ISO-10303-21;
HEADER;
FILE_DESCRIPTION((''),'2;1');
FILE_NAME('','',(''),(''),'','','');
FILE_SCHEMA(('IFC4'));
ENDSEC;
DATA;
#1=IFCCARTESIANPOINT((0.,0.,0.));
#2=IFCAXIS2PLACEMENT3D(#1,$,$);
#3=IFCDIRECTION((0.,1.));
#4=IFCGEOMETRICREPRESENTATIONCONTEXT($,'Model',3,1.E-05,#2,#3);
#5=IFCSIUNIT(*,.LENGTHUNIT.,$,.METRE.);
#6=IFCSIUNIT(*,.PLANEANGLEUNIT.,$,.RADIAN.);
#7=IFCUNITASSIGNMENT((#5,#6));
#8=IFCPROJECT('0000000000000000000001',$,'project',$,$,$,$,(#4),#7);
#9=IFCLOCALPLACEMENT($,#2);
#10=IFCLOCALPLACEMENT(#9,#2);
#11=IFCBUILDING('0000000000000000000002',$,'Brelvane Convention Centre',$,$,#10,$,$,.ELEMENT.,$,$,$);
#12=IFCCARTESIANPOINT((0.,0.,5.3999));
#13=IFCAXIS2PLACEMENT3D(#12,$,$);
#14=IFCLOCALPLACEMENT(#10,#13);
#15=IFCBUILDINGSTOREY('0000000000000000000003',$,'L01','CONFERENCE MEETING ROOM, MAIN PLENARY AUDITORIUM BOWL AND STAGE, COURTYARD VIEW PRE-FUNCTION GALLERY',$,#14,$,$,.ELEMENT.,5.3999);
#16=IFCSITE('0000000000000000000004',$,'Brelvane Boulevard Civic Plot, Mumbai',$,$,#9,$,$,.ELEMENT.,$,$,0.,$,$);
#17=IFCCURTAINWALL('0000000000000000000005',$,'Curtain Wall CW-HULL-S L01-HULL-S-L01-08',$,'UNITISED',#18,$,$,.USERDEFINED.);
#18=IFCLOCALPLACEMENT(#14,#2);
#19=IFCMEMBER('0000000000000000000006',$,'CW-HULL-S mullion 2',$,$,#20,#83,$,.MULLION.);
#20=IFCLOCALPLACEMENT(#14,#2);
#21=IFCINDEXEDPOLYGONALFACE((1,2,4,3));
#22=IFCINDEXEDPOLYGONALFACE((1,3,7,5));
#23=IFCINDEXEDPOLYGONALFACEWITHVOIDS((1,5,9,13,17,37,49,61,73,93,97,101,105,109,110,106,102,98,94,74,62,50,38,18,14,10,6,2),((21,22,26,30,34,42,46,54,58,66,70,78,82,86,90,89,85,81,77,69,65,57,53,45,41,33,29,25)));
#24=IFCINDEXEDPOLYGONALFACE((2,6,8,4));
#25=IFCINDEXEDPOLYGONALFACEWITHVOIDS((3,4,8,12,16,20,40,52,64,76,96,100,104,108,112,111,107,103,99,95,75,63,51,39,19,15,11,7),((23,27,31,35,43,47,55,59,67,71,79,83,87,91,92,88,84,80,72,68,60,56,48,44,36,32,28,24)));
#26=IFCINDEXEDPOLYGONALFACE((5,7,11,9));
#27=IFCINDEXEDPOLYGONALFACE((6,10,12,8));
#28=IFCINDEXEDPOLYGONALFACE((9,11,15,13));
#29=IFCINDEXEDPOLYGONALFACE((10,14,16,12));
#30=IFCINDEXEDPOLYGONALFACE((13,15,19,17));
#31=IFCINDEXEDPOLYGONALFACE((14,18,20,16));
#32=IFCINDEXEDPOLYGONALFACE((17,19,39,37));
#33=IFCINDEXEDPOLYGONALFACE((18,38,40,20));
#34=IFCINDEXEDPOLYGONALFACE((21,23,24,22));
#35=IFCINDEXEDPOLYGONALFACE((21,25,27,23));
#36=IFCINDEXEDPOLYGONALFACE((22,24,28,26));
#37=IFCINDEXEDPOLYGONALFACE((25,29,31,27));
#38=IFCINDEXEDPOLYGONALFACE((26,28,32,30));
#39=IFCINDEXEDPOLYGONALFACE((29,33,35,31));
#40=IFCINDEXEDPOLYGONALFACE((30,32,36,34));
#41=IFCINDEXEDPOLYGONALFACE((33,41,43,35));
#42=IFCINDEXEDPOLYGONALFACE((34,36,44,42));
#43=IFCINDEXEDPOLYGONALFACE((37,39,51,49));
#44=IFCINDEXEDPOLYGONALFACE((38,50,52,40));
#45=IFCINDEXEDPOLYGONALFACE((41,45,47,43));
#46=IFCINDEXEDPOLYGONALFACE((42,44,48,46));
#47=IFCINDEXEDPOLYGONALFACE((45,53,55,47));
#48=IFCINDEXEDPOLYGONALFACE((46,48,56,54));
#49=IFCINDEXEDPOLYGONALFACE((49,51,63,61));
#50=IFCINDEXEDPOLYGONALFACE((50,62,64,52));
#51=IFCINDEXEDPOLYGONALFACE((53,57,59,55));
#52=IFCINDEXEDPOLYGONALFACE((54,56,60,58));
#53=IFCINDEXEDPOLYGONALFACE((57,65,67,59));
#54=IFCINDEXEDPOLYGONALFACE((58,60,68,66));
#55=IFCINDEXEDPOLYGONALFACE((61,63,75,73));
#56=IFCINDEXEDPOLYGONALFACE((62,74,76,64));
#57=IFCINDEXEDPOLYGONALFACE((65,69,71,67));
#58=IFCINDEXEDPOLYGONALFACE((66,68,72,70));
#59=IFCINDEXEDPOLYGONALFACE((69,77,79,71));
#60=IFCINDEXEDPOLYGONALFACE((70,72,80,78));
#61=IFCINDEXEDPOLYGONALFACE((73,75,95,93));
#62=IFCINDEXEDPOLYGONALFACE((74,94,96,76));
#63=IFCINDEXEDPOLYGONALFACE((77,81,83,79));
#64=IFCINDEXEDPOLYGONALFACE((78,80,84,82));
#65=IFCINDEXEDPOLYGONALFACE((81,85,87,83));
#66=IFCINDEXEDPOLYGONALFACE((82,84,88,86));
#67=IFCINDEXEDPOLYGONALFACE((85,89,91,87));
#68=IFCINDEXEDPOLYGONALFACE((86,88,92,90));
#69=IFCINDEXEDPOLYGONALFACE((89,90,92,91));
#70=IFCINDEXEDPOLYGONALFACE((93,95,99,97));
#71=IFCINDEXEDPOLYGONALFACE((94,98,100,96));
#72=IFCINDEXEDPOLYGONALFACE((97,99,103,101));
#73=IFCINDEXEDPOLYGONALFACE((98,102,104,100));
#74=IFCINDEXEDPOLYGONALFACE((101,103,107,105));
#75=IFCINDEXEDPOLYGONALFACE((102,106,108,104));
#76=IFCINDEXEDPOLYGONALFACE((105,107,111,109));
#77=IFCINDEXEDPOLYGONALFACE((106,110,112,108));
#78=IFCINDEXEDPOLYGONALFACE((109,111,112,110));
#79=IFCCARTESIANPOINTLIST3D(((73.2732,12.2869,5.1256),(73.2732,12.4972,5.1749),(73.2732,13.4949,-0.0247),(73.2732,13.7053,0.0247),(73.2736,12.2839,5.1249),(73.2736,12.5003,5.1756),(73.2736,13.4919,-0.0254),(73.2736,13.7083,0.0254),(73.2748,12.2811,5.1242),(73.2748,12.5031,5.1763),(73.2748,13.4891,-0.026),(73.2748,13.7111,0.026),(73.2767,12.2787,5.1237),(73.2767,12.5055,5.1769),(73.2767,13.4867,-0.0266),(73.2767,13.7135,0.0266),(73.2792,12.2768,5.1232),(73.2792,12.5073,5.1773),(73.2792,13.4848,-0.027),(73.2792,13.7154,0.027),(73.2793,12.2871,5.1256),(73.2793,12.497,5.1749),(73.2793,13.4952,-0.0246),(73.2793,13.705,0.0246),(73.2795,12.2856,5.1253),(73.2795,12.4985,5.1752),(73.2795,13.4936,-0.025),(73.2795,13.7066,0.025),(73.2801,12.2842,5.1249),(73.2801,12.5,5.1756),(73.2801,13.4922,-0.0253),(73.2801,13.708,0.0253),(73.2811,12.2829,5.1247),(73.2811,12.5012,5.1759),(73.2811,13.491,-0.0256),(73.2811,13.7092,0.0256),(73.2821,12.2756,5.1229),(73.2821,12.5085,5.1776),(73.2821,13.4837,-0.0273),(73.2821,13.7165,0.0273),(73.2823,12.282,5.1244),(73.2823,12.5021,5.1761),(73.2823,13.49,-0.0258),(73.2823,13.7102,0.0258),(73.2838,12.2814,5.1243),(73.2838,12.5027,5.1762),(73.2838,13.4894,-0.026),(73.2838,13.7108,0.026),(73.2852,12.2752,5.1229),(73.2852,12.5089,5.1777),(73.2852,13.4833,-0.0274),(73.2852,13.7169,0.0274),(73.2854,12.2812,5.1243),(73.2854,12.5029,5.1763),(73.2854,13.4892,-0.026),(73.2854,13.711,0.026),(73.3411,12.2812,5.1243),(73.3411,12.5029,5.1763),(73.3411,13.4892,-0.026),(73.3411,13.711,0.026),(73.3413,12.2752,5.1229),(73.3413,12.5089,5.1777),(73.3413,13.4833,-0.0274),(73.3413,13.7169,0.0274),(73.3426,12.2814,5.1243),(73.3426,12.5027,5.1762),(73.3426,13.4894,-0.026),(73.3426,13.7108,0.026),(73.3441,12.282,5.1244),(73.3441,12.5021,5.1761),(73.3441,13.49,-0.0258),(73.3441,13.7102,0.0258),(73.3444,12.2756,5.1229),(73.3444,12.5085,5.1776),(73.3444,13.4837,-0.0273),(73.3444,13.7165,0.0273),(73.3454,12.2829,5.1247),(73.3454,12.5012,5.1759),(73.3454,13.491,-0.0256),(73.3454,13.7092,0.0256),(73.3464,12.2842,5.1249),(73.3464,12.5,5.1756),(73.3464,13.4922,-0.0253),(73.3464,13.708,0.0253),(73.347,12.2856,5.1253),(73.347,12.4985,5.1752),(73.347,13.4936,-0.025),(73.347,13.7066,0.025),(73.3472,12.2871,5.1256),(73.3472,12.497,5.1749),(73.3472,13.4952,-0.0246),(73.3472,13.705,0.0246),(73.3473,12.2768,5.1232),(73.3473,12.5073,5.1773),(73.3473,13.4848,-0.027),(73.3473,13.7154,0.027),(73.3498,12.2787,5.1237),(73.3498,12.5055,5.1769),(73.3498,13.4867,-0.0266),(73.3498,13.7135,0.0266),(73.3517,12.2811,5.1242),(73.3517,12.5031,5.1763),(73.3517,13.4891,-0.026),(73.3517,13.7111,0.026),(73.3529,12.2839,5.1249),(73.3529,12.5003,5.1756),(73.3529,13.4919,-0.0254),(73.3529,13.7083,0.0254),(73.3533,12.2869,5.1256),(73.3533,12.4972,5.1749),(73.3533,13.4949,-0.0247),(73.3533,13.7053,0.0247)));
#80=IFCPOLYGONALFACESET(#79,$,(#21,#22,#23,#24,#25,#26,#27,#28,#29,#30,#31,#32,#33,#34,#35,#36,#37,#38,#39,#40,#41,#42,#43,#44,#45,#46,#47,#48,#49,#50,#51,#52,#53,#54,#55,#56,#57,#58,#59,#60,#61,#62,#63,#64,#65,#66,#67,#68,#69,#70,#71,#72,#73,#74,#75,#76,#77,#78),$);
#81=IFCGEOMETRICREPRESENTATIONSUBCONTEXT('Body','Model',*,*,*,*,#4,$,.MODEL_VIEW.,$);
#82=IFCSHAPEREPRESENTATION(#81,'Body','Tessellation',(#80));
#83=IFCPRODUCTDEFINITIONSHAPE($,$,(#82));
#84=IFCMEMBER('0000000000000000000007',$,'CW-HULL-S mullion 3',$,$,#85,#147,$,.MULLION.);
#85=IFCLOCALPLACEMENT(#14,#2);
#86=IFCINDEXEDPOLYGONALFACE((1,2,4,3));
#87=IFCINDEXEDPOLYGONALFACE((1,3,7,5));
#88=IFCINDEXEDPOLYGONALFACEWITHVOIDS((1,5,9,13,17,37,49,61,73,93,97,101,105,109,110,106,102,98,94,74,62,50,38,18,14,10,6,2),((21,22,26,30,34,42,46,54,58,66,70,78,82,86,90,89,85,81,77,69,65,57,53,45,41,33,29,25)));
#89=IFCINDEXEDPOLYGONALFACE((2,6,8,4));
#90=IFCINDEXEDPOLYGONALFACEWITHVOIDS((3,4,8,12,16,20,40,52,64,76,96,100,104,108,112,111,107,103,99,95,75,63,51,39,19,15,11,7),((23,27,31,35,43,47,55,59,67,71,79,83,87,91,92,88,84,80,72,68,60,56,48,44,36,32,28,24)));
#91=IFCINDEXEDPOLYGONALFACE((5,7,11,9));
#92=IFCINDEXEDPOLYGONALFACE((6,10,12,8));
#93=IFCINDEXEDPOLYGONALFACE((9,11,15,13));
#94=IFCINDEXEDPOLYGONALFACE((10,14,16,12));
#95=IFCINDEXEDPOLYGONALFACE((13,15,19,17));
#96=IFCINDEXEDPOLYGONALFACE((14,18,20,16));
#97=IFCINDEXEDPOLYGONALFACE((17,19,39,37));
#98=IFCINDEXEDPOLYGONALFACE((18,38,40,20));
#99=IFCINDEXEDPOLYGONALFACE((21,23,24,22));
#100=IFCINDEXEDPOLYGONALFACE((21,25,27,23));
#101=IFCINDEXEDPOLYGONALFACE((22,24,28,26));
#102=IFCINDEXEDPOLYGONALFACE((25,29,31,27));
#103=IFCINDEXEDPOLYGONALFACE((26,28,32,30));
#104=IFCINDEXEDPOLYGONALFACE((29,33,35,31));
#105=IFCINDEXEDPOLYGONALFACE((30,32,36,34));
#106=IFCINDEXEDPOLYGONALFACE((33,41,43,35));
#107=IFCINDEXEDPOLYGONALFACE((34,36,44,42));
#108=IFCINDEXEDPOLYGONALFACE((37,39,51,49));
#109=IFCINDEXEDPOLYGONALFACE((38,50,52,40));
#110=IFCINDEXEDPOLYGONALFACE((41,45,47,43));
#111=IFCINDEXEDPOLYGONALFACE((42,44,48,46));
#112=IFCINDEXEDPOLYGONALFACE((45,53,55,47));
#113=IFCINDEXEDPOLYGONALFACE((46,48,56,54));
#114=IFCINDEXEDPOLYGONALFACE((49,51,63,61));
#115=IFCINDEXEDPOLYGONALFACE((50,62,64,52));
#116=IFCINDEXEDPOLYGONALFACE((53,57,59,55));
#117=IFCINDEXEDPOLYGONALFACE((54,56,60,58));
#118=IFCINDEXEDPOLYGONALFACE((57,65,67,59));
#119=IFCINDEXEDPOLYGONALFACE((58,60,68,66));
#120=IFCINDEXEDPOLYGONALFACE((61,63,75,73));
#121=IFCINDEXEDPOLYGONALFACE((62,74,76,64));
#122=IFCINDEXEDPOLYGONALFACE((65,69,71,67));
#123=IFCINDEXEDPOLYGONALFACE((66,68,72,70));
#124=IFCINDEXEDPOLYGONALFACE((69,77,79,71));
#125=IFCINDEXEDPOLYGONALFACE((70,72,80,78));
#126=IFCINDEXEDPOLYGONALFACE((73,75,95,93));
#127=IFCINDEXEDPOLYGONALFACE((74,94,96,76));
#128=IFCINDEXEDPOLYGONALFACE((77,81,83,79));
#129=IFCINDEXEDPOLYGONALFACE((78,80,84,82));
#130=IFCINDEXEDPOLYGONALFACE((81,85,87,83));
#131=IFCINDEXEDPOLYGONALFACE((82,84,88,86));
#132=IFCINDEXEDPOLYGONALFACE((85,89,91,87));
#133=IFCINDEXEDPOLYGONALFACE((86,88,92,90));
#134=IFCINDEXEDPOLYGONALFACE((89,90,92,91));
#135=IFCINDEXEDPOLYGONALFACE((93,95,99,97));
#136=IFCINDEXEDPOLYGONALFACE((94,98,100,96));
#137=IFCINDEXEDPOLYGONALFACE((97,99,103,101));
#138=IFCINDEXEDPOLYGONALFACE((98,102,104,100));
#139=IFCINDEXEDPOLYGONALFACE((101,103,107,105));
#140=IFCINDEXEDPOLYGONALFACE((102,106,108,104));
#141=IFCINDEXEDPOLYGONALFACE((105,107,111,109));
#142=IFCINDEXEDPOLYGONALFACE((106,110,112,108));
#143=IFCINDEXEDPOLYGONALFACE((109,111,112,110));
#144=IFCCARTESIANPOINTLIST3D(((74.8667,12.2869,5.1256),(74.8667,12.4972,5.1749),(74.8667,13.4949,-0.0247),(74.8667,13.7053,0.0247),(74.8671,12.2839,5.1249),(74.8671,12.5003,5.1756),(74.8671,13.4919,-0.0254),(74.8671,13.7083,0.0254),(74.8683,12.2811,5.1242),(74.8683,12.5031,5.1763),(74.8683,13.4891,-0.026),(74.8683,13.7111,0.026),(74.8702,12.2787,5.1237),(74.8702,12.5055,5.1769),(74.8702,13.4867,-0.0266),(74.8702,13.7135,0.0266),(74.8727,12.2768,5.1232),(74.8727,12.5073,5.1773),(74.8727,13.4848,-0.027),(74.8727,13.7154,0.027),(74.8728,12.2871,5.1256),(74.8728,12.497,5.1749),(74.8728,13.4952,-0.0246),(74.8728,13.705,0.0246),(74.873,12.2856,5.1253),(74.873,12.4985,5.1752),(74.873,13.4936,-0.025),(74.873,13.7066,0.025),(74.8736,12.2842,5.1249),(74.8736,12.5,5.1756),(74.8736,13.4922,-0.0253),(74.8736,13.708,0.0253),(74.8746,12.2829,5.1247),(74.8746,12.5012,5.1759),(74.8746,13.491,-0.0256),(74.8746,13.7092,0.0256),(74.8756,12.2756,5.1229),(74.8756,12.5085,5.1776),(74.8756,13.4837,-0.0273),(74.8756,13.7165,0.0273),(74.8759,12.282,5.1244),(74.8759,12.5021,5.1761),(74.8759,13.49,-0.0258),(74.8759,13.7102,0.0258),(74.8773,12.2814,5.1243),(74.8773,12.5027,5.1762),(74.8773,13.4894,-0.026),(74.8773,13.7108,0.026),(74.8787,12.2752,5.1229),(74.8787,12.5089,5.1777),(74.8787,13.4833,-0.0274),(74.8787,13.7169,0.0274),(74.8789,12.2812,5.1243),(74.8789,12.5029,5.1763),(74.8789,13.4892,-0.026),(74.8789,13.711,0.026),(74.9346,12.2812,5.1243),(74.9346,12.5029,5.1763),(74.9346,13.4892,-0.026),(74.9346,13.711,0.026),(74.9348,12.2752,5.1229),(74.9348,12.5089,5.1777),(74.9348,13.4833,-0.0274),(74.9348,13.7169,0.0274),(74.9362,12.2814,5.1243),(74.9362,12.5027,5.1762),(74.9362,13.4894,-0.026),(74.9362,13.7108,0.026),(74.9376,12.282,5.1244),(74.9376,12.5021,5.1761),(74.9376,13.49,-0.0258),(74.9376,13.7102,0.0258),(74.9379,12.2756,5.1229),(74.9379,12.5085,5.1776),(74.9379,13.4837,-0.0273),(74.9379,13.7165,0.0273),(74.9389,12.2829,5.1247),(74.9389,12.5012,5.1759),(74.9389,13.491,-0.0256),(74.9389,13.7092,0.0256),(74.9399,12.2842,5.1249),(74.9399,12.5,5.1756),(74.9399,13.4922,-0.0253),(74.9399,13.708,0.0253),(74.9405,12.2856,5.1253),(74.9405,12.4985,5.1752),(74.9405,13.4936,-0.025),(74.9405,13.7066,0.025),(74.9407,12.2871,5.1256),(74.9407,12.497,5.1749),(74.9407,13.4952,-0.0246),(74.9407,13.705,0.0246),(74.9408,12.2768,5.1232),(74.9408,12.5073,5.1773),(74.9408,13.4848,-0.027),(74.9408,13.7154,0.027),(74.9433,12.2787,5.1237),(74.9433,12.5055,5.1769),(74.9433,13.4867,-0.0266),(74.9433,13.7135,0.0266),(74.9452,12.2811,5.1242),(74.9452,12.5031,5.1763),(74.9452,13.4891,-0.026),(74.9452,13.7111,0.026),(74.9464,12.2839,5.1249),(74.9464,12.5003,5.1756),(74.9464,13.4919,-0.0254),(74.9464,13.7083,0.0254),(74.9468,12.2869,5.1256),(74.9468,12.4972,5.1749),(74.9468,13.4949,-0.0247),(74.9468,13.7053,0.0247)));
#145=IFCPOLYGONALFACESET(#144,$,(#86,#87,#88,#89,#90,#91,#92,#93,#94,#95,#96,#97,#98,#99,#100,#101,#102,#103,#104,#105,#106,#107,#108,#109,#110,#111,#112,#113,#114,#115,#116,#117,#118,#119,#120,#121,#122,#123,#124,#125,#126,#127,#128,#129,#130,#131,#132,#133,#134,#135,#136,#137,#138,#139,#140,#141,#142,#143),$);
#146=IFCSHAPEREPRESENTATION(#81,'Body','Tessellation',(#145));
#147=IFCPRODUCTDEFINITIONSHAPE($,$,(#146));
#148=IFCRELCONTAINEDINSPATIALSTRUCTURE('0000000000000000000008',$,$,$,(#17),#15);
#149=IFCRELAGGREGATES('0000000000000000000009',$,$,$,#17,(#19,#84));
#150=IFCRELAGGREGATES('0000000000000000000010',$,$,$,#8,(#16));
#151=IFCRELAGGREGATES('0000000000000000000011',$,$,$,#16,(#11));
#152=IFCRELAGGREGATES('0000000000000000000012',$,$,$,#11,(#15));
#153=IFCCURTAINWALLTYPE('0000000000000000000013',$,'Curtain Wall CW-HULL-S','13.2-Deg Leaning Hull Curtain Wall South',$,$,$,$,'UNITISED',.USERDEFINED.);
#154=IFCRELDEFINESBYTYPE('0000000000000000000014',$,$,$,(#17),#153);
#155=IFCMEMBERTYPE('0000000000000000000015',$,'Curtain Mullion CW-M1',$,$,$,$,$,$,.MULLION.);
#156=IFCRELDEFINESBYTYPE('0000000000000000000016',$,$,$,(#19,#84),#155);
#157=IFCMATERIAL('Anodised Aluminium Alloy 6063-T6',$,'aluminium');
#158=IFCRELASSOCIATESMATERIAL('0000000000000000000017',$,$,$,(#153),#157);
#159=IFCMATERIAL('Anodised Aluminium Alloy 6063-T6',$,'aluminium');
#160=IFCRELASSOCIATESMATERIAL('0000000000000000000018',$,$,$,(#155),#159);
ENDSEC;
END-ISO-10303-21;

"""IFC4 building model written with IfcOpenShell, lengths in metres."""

from ifc_helpers import new_model, si_unit, direction, frame, origin, origin_2d, place, context, subcontext, project, spatial, hollow_rectangle, extrude, material, material_profile, profile_set, type_object, element, aggregate, save


model = new_model("IFC4")

# Units and contexts
model_context = context("Model", 3, precision=1e-05, world=origin(), true_north=direction((0.0, 1.0)))
body_context = subcontext(model_context, "Body", "Model", "MODEL_VIEW")
ifc_project = project(units=[si_unit("LENGTHUNIT", "METRE"), si_unit("PLANEANGLEUNIT", "RADIAN")], contexts=[model_context])

# Site, building, storey
site_placement = place(None, origin())
site = spatial("IfcSite", under=ifc_project, at=site_placement, Name="Brelvane Boulevard Civic Plot, Mumbai", CompositionType="ELEMENT", RefElevation=0.0)
building_placement = place(site_placement, origin())
building = spatial("IfcBuilding", under=site, at=building_placement, Name="Brelvane Convention Centre", CompositionType="ELEMENT")
storey_placement = place(building_placement, frame((0.0, 0.0, 5.3999)))
storey = spatial("IfcBuildingStorey", under=building, at=storey_placement, Name="L01", Description="CONFERENCE MEETING ROOM, MAIN PLENARY AUDITORIUM BOWL AND STAGE, COURTYARD VIEW PRE-FUNCTION GALLERY", CompositionType="ELEMENT", Elevation=5.3999)

# Curtain wall, members
ifc_material_1 = material(Name="Anodised Aluminium Alloy 6063-T6", Category="aluminium")
curtain_wall_type = type_object("IfcCurtainWallType", Name="Curtain Wall CW-HULL-S", Description="13.2-Deg Leaning Hull Curtain Wall South", ElementType="UNITISED", PredefinedType="USERDEFINED", material=ifc_material_1)
ifc_material_2 = material(Name="Anodised Aluminium Alloy 6063-T6", Category="aluminium")
ifc_material_profile_1 = material_profile(ifc_material_2, hollow_rectangle(XDim=0.0801, YDim=0.24, WallThickness=0.0061, InnerFilletRadius=0.0061, OuterFilletRadius=0.012, at=origin_2d()), Name="ALU-M 240x80x6.0")
ifc_profile_set_1 = profile_set([ifc_material_profile_1], Name="Anodised Aluminium Alloy 6063-T6")
member_type_1 = type_object("IfcMemberType", Name="Curtain Mullion CW-M1", PredefinedType="MULLION", material=ifc_profile_set_1)
curtain_wall_1_placement = place(storey_placement, origin())
curtain_wall_1 = element("IfcCurtainWall", 1, at=curtain_wall_1_placement, inside=storey, type_object=curtain_wall_type, Name="Curtain Wall CW-HULL-S L01-HULL-S-L01-08", ObjectType="UNITISED", PredefinedType="USERDEFINED")
member_1_placement = place(storey_placement, frame((73.3132, 13.6001, 0.0), z_axis=(0.0, -0.22836, 0.973577), x_axis=(1.0, 0.0, 0.0)))
member_1 = element("IfcMember", 2, at=member_1_placement, type_object=member_type_1, Name="CW-HULL-S mullion 2", PredefinedType="MULLION", context=body_context, shape_type="SweptSolid", body=[
    extrude(hollow_rectangle(XDim=0.0801, YDim=0.24, WallThickness=0.0061, InnerFilletRadius=0.0061, OuterFilletRadius=0.012, at=origin_2d()), origin(), (0.0, 0.0, 1.0), 5.29),
])
member_2_placement = place(storey_placement, frame((74.9067, 13.6001, 0.0), z_axis=(0.0, -0.22836, 0.973577), x_axis=(1.0, 0.0, 0.0)))
member_2 = element("IfcMember", 3, at=member_2_placement, type_object=member_type_1, Name="CW-HULL-S mullion 3", PredefinedType="MULLION", context=body_context, shape_type="SweptSolid", body=[
    extrude(hollow_rectangle(XDim=0.0801, YDim=0.24, WallThickness=0.0061, InnerFilletRadius=0.0061, OuterFilletRadius=0.012, at=origin_2d()), origin(), (0.0, 0.0, 1.0), 5.29),
])

aggregate(curtain_wall_1, [member_1, member_2])

save(model, "model.ifc")
